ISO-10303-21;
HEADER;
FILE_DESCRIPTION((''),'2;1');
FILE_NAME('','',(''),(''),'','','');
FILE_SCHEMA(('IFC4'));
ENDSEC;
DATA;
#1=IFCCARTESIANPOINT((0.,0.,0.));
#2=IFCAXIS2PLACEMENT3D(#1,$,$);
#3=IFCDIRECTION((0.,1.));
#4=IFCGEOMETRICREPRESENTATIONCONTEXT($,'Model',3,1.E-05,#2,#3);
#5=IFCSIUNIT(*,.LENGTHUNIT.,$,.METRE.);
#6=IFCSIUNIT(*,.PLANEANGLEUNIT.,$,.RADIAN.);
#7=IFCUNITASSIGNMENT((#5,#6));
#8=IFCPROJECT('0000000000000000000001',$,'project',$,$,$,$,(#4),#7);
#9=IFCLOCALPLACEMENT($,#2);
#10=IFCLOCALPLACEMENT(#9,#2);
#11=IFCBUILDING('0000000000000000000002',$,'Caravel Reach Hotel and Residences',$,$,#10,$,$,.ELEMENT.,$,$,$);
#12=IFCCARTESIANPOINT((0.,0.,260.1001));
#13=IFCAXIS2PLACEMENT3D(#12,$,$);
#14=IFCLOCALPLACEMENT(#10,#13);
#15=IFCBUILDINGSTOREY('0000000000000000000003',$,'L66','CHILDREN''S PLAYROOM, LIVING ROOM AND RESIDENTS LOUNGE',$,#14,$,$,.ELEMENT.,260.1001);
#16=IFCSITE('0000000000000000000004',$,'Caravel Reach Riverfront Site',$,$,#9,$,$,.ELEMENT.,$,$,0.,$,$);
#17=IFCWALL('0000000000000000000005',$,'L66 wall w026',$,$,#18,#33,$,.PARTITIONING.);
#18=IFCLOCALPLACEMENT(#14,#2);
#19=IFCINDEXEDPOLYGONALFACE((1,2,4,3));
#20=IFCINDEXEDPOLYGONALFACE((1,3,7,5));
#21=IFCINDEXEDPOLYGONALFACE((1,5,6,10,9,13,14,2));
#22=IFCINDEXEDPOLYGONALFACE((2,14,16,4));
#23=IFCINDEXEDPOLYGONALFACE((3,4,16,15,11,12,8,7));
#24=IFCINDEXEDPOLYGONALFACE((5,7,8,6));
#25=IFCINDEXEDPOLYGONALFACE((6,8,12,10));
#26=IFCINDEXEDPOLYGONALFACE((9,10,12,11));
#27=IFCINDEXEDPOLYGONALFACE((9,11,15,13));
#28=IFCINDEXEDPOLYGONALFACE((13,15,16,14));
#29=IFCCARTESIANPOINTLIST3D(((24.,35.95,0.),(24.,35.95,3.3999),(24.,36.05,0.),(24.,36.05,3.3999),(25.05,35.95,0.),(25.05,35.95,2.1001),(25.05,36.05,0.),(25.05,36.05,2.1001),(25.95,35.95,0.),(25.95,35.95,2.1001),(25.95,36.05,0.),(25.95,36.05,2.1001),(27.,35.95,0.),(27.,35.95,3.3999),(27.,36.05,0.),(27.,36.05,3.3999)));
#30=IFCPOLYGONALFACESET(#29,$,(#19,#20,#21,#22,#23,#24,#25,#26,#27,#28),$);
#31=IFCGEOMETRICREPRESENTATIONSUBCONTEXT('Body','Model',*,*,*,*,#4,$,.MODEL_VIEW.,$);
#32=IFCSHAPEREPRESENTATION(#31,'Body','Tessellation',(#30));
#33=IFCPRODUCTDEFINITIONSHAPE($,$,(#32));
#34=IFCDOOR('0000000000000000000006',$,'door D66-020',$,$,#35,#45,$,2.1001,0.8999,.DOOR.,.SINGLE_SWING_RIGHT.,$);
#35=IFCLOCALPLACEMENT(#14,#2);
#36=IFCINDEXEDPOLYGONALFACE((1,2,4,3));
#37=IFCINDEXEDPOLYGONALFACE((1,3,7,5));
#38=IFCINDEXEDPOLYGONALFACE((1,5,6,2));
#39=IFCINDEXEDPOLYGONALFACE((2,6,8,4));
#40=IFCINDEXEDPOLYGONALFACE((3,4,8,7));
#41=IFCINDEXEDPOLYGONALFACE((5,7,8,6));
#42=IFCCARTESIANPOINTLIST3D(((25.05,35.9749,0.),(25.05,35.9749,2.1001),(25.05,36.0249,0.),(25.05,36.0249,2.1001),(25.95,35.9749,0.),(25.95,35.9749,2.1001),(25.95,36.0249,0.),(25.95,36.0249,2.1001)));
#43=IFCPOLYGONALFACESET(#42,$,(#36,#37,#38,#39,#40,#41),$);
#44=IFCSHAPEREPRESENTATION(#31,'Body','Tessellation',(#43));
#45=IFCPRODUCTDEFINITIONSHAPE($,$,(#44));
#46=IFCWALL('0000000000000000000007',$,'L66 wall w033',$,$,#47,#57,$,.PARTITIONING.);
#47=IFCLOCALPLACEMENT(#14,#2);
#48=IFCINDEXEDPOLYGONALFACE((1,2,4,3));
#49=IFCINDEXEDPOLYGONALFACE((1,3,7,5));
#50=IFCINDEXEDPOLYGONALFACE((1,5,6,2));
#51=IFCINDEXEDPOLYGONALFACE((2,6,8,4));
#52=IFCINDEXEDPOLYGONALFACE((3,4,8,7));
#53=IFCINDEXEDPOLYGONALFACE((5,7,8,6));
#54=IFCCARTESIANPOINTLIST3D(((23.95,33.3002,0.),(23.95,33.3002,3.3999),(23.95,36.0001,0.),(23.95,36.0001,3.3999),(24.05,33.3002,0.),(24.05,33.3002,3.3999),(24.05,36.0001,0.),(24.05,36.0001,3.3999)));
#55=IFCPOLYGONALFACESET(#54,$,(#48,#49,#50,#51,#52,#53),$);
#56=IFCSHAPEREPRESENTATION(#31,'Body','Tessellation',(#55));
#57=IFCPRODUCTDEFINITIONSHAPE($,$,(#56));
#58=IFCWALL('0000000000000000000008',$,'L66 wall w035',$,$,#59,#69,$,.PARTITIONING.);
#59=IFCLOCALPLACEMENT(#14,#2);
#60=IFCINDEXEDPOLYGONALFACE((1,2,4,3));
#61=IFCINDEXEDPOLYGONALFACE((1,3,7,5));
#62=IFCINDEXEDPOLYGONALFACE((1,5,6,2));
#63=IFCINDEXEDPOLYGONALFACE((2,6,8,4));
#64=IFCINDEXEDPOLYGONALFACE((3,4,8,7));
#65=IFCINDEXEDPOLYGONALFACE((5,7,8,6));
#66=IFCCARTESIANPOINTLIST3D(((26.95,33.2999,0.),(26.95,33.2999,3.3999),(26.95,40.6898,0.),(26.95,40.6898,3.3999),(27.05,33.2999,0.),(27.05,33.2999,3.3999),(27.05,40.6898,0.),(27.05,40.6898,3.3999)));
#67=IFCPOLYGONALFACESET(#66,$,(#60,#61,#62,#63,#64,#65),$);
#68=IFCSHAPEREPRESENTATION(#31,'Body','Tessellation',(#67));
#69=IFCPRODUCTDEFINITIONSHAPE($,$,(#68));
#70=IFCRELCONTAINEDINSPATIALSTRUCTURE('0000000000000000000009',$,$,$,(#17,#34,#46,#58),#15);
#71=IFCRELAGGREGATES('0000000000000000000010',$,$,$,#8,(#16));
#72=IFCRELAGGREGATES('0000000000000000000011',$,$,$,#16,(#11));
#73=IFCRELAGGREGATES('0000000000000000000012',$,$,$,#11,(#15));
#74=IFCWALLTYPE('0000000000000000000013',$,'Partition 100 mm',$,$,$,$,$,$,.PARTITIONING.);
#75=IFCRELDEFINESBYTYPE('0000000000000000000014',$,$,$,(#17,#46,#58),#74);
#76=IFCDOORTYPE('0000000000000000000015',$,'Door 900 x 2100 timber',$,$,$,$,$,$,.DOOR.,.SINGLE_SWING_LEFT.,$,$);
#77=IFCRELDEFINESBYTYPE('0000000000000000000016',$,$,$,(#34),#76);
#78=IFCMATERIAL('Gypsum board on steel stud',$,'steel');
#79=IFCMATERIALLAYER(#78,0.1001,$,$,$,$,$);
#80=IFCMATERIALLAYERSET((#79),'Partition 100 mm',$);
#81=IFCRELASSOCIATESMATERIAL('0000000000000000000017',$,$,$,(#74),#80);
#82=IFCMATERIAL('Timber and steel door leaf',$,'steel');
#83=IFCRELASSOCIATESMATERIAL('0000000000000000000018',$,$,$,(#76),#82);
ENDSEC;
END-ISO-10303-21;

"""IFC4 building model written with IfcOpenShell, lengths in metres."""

from ifc_helpers import new_model, si_unit, direction, frame, frame_2d, origin, place, context, subcontext, project, spatial, rectangle, extrude, material, layer, layer_set, type_object, element, fill, save


model = new_model("IFC4")

# Units and contexts
model_context = context("Model", 3, precision=1e-05, world=origin(), true_north=direction((0.0, 1.0)))
body_context = subcontext(model_context, "Body", "Model", "MODEL_VIEW")
ifc_project = project(units=[si_unit("LENGTHUNIT", "METRE"), si_unit("PLANEANGLEUNIT", "RADIAN")], contexts=[model_context])

# Site, building, storey
site_placement = place(None, origin())
site = spatial("IfcSite", under=ifc_project, at=site_placement, Name="Caravel Reach Riverfront Site", CompositionType="ELEMENT", RefElevation=0.0)
building_placement = place(site_placement, origin())
building = spatial("IfcBuilding", under=site, at=building_placement, Name="Caravel Reach Hotel and Residences", CompositionType="ELEMENT")
storey_placement = place(building_placement, frame((0.0, 0.0, 260.1001)))
storey = spatial("IfcBuildingStorey", under=building, at=storey_placement, Name="L66", Description="CHILDREN'S PLAYROOM, LIVING ROOM AND RESIDENTS LOUNGE", CompositionType="ELEMENT", Elevation=260.1001)

# Wall, opening, door
ifc_material_1 = material(Name="Gypsum board on steel stud", Category="steel")
ifc_layer_1 = layer(ifc_material_1, 0.1001)
ifc_layer_set_1 = layer_set([ifc_layer_1], Name="Partition 100 mm")
wall_type_1 = type_object("IfcWallType", Name="Partition 100 mm", PredefinedType="PARTITIONING", material=ifc_layer_set_1)
wall_1_placement = place(storey_placement, frame((24.0, 36.0, 0.0), z_axis=(0.0, 0.0, 1.0), x_axis=(1.0, 0.0, 0.0)))
wall_1 = element("IfcWall", 1, at=wall_1_placement, inside=storey, type_object=wall_type_1, Name="L66 wall w026", PredefinedType="PARTITIONING", context=body_context, shape_type="SweptSolid", body=[
    extrude(rectangle(XDim=3.0, YDim=0.1001, at=frame_2d((1.5, 0.0))), origin(), (0.0, 0.0, 1.0), 3.3999),
])
opening_1_placement = place(wall_1_placement, frame((1.05, 0.0, 0.0)))
opening_1 = element("IfcOpeningElement", 2, at=opening_1_placement, cuts=wall_1, PredefinedType="OPENING", context=body_context, shape_type="SweptSolid", body=[
    extrude(rectangle(XDim=0.8999, YDim=2.1001, at=frame_2d((0.45, 1.05))), frame((0.0, 0.0601, 0.0), z_axis=(0.0, -1.0, 0.0), x_axis=(1.0, 0.0, 0.0)), (0.0, 0.0, 1.0), 0.1201),
])
ifc_material_2 = material(Name="Timber and steel door leaf", Category="steel")
door_type_1 = type_object("IfcDoorType", Name="Door 900 x 2100 timber", OperationType="SINGLE_SWING_LEFT", PredefinedType="DOOR", material=ifc_material_2)
door_1_placement = place(opening_1_placement, origin())
door_1 = element("IfcDoor", 3, at=door_1_placement, inside=storey, type_object=door_type_1, Name="door D66-020", OperationType="SINGLE_SWING_RIGHT", OverallHeight=2.1001, OverallWidth=0.8999, PredefinedType="DOOR", context=body_context, shape_type="SweptSolid", body=[
    extrude(rectangle(XDim=0.8999, YDim=2.1001, at=frame_2d((0.45, 1.05))), frame((0.0, 0.0249, 0.0), z_axis=(0.0, -1.0, 0.0), x_axis=(1.0, 0.0, 0.0)), (0.0, 0.0, 1.0), 0.05),
])
fill(opening_1, door_1)

# Walls
wall_2_placement = place(storey_placement, frame((24.0, 33.3, 0.0), z_axis=(0.0, 0.0, 1.0), x_axis=(0.0, 1.0, 0.0)))
element("IfcWall", 4, at=wall_2_placement, inside=storey, type_object=wall_type_1, Name="L66 wall w033", PredefinedType="PARTITIONING", context=body_context, shape_type="SweptSolid", body=[
    extrude(rectangle(XDim=2.7, YDim=0.1001, at=frame_2d((1.3501, 0.0))), origin(), (0.0, 0.0, 1.0), 3.3999),
])
wall_3_placement = place(storey_placement, frame((27.0, 33.3, 0.0), z_axis=(0.0, 0.0, 1.0), x_axis=(0.0, 1.0, 0.0)))
element("IfcWall", 5, at=wall_3_placement, inside=storey, type_object=wall_type_1, Name="L66 wall w035", PredefinedType="PARTITIONING", context=body_context, shape_type="SweptSolid", body=[
    extrude(rectangle(XDim=7.3899, YDim=0.1001, at=frame_2d((3.6948, 0.0))), origin(), (0.0, 0.0, 1.0), 3.3999),
])

save(model, "model.ifc")
